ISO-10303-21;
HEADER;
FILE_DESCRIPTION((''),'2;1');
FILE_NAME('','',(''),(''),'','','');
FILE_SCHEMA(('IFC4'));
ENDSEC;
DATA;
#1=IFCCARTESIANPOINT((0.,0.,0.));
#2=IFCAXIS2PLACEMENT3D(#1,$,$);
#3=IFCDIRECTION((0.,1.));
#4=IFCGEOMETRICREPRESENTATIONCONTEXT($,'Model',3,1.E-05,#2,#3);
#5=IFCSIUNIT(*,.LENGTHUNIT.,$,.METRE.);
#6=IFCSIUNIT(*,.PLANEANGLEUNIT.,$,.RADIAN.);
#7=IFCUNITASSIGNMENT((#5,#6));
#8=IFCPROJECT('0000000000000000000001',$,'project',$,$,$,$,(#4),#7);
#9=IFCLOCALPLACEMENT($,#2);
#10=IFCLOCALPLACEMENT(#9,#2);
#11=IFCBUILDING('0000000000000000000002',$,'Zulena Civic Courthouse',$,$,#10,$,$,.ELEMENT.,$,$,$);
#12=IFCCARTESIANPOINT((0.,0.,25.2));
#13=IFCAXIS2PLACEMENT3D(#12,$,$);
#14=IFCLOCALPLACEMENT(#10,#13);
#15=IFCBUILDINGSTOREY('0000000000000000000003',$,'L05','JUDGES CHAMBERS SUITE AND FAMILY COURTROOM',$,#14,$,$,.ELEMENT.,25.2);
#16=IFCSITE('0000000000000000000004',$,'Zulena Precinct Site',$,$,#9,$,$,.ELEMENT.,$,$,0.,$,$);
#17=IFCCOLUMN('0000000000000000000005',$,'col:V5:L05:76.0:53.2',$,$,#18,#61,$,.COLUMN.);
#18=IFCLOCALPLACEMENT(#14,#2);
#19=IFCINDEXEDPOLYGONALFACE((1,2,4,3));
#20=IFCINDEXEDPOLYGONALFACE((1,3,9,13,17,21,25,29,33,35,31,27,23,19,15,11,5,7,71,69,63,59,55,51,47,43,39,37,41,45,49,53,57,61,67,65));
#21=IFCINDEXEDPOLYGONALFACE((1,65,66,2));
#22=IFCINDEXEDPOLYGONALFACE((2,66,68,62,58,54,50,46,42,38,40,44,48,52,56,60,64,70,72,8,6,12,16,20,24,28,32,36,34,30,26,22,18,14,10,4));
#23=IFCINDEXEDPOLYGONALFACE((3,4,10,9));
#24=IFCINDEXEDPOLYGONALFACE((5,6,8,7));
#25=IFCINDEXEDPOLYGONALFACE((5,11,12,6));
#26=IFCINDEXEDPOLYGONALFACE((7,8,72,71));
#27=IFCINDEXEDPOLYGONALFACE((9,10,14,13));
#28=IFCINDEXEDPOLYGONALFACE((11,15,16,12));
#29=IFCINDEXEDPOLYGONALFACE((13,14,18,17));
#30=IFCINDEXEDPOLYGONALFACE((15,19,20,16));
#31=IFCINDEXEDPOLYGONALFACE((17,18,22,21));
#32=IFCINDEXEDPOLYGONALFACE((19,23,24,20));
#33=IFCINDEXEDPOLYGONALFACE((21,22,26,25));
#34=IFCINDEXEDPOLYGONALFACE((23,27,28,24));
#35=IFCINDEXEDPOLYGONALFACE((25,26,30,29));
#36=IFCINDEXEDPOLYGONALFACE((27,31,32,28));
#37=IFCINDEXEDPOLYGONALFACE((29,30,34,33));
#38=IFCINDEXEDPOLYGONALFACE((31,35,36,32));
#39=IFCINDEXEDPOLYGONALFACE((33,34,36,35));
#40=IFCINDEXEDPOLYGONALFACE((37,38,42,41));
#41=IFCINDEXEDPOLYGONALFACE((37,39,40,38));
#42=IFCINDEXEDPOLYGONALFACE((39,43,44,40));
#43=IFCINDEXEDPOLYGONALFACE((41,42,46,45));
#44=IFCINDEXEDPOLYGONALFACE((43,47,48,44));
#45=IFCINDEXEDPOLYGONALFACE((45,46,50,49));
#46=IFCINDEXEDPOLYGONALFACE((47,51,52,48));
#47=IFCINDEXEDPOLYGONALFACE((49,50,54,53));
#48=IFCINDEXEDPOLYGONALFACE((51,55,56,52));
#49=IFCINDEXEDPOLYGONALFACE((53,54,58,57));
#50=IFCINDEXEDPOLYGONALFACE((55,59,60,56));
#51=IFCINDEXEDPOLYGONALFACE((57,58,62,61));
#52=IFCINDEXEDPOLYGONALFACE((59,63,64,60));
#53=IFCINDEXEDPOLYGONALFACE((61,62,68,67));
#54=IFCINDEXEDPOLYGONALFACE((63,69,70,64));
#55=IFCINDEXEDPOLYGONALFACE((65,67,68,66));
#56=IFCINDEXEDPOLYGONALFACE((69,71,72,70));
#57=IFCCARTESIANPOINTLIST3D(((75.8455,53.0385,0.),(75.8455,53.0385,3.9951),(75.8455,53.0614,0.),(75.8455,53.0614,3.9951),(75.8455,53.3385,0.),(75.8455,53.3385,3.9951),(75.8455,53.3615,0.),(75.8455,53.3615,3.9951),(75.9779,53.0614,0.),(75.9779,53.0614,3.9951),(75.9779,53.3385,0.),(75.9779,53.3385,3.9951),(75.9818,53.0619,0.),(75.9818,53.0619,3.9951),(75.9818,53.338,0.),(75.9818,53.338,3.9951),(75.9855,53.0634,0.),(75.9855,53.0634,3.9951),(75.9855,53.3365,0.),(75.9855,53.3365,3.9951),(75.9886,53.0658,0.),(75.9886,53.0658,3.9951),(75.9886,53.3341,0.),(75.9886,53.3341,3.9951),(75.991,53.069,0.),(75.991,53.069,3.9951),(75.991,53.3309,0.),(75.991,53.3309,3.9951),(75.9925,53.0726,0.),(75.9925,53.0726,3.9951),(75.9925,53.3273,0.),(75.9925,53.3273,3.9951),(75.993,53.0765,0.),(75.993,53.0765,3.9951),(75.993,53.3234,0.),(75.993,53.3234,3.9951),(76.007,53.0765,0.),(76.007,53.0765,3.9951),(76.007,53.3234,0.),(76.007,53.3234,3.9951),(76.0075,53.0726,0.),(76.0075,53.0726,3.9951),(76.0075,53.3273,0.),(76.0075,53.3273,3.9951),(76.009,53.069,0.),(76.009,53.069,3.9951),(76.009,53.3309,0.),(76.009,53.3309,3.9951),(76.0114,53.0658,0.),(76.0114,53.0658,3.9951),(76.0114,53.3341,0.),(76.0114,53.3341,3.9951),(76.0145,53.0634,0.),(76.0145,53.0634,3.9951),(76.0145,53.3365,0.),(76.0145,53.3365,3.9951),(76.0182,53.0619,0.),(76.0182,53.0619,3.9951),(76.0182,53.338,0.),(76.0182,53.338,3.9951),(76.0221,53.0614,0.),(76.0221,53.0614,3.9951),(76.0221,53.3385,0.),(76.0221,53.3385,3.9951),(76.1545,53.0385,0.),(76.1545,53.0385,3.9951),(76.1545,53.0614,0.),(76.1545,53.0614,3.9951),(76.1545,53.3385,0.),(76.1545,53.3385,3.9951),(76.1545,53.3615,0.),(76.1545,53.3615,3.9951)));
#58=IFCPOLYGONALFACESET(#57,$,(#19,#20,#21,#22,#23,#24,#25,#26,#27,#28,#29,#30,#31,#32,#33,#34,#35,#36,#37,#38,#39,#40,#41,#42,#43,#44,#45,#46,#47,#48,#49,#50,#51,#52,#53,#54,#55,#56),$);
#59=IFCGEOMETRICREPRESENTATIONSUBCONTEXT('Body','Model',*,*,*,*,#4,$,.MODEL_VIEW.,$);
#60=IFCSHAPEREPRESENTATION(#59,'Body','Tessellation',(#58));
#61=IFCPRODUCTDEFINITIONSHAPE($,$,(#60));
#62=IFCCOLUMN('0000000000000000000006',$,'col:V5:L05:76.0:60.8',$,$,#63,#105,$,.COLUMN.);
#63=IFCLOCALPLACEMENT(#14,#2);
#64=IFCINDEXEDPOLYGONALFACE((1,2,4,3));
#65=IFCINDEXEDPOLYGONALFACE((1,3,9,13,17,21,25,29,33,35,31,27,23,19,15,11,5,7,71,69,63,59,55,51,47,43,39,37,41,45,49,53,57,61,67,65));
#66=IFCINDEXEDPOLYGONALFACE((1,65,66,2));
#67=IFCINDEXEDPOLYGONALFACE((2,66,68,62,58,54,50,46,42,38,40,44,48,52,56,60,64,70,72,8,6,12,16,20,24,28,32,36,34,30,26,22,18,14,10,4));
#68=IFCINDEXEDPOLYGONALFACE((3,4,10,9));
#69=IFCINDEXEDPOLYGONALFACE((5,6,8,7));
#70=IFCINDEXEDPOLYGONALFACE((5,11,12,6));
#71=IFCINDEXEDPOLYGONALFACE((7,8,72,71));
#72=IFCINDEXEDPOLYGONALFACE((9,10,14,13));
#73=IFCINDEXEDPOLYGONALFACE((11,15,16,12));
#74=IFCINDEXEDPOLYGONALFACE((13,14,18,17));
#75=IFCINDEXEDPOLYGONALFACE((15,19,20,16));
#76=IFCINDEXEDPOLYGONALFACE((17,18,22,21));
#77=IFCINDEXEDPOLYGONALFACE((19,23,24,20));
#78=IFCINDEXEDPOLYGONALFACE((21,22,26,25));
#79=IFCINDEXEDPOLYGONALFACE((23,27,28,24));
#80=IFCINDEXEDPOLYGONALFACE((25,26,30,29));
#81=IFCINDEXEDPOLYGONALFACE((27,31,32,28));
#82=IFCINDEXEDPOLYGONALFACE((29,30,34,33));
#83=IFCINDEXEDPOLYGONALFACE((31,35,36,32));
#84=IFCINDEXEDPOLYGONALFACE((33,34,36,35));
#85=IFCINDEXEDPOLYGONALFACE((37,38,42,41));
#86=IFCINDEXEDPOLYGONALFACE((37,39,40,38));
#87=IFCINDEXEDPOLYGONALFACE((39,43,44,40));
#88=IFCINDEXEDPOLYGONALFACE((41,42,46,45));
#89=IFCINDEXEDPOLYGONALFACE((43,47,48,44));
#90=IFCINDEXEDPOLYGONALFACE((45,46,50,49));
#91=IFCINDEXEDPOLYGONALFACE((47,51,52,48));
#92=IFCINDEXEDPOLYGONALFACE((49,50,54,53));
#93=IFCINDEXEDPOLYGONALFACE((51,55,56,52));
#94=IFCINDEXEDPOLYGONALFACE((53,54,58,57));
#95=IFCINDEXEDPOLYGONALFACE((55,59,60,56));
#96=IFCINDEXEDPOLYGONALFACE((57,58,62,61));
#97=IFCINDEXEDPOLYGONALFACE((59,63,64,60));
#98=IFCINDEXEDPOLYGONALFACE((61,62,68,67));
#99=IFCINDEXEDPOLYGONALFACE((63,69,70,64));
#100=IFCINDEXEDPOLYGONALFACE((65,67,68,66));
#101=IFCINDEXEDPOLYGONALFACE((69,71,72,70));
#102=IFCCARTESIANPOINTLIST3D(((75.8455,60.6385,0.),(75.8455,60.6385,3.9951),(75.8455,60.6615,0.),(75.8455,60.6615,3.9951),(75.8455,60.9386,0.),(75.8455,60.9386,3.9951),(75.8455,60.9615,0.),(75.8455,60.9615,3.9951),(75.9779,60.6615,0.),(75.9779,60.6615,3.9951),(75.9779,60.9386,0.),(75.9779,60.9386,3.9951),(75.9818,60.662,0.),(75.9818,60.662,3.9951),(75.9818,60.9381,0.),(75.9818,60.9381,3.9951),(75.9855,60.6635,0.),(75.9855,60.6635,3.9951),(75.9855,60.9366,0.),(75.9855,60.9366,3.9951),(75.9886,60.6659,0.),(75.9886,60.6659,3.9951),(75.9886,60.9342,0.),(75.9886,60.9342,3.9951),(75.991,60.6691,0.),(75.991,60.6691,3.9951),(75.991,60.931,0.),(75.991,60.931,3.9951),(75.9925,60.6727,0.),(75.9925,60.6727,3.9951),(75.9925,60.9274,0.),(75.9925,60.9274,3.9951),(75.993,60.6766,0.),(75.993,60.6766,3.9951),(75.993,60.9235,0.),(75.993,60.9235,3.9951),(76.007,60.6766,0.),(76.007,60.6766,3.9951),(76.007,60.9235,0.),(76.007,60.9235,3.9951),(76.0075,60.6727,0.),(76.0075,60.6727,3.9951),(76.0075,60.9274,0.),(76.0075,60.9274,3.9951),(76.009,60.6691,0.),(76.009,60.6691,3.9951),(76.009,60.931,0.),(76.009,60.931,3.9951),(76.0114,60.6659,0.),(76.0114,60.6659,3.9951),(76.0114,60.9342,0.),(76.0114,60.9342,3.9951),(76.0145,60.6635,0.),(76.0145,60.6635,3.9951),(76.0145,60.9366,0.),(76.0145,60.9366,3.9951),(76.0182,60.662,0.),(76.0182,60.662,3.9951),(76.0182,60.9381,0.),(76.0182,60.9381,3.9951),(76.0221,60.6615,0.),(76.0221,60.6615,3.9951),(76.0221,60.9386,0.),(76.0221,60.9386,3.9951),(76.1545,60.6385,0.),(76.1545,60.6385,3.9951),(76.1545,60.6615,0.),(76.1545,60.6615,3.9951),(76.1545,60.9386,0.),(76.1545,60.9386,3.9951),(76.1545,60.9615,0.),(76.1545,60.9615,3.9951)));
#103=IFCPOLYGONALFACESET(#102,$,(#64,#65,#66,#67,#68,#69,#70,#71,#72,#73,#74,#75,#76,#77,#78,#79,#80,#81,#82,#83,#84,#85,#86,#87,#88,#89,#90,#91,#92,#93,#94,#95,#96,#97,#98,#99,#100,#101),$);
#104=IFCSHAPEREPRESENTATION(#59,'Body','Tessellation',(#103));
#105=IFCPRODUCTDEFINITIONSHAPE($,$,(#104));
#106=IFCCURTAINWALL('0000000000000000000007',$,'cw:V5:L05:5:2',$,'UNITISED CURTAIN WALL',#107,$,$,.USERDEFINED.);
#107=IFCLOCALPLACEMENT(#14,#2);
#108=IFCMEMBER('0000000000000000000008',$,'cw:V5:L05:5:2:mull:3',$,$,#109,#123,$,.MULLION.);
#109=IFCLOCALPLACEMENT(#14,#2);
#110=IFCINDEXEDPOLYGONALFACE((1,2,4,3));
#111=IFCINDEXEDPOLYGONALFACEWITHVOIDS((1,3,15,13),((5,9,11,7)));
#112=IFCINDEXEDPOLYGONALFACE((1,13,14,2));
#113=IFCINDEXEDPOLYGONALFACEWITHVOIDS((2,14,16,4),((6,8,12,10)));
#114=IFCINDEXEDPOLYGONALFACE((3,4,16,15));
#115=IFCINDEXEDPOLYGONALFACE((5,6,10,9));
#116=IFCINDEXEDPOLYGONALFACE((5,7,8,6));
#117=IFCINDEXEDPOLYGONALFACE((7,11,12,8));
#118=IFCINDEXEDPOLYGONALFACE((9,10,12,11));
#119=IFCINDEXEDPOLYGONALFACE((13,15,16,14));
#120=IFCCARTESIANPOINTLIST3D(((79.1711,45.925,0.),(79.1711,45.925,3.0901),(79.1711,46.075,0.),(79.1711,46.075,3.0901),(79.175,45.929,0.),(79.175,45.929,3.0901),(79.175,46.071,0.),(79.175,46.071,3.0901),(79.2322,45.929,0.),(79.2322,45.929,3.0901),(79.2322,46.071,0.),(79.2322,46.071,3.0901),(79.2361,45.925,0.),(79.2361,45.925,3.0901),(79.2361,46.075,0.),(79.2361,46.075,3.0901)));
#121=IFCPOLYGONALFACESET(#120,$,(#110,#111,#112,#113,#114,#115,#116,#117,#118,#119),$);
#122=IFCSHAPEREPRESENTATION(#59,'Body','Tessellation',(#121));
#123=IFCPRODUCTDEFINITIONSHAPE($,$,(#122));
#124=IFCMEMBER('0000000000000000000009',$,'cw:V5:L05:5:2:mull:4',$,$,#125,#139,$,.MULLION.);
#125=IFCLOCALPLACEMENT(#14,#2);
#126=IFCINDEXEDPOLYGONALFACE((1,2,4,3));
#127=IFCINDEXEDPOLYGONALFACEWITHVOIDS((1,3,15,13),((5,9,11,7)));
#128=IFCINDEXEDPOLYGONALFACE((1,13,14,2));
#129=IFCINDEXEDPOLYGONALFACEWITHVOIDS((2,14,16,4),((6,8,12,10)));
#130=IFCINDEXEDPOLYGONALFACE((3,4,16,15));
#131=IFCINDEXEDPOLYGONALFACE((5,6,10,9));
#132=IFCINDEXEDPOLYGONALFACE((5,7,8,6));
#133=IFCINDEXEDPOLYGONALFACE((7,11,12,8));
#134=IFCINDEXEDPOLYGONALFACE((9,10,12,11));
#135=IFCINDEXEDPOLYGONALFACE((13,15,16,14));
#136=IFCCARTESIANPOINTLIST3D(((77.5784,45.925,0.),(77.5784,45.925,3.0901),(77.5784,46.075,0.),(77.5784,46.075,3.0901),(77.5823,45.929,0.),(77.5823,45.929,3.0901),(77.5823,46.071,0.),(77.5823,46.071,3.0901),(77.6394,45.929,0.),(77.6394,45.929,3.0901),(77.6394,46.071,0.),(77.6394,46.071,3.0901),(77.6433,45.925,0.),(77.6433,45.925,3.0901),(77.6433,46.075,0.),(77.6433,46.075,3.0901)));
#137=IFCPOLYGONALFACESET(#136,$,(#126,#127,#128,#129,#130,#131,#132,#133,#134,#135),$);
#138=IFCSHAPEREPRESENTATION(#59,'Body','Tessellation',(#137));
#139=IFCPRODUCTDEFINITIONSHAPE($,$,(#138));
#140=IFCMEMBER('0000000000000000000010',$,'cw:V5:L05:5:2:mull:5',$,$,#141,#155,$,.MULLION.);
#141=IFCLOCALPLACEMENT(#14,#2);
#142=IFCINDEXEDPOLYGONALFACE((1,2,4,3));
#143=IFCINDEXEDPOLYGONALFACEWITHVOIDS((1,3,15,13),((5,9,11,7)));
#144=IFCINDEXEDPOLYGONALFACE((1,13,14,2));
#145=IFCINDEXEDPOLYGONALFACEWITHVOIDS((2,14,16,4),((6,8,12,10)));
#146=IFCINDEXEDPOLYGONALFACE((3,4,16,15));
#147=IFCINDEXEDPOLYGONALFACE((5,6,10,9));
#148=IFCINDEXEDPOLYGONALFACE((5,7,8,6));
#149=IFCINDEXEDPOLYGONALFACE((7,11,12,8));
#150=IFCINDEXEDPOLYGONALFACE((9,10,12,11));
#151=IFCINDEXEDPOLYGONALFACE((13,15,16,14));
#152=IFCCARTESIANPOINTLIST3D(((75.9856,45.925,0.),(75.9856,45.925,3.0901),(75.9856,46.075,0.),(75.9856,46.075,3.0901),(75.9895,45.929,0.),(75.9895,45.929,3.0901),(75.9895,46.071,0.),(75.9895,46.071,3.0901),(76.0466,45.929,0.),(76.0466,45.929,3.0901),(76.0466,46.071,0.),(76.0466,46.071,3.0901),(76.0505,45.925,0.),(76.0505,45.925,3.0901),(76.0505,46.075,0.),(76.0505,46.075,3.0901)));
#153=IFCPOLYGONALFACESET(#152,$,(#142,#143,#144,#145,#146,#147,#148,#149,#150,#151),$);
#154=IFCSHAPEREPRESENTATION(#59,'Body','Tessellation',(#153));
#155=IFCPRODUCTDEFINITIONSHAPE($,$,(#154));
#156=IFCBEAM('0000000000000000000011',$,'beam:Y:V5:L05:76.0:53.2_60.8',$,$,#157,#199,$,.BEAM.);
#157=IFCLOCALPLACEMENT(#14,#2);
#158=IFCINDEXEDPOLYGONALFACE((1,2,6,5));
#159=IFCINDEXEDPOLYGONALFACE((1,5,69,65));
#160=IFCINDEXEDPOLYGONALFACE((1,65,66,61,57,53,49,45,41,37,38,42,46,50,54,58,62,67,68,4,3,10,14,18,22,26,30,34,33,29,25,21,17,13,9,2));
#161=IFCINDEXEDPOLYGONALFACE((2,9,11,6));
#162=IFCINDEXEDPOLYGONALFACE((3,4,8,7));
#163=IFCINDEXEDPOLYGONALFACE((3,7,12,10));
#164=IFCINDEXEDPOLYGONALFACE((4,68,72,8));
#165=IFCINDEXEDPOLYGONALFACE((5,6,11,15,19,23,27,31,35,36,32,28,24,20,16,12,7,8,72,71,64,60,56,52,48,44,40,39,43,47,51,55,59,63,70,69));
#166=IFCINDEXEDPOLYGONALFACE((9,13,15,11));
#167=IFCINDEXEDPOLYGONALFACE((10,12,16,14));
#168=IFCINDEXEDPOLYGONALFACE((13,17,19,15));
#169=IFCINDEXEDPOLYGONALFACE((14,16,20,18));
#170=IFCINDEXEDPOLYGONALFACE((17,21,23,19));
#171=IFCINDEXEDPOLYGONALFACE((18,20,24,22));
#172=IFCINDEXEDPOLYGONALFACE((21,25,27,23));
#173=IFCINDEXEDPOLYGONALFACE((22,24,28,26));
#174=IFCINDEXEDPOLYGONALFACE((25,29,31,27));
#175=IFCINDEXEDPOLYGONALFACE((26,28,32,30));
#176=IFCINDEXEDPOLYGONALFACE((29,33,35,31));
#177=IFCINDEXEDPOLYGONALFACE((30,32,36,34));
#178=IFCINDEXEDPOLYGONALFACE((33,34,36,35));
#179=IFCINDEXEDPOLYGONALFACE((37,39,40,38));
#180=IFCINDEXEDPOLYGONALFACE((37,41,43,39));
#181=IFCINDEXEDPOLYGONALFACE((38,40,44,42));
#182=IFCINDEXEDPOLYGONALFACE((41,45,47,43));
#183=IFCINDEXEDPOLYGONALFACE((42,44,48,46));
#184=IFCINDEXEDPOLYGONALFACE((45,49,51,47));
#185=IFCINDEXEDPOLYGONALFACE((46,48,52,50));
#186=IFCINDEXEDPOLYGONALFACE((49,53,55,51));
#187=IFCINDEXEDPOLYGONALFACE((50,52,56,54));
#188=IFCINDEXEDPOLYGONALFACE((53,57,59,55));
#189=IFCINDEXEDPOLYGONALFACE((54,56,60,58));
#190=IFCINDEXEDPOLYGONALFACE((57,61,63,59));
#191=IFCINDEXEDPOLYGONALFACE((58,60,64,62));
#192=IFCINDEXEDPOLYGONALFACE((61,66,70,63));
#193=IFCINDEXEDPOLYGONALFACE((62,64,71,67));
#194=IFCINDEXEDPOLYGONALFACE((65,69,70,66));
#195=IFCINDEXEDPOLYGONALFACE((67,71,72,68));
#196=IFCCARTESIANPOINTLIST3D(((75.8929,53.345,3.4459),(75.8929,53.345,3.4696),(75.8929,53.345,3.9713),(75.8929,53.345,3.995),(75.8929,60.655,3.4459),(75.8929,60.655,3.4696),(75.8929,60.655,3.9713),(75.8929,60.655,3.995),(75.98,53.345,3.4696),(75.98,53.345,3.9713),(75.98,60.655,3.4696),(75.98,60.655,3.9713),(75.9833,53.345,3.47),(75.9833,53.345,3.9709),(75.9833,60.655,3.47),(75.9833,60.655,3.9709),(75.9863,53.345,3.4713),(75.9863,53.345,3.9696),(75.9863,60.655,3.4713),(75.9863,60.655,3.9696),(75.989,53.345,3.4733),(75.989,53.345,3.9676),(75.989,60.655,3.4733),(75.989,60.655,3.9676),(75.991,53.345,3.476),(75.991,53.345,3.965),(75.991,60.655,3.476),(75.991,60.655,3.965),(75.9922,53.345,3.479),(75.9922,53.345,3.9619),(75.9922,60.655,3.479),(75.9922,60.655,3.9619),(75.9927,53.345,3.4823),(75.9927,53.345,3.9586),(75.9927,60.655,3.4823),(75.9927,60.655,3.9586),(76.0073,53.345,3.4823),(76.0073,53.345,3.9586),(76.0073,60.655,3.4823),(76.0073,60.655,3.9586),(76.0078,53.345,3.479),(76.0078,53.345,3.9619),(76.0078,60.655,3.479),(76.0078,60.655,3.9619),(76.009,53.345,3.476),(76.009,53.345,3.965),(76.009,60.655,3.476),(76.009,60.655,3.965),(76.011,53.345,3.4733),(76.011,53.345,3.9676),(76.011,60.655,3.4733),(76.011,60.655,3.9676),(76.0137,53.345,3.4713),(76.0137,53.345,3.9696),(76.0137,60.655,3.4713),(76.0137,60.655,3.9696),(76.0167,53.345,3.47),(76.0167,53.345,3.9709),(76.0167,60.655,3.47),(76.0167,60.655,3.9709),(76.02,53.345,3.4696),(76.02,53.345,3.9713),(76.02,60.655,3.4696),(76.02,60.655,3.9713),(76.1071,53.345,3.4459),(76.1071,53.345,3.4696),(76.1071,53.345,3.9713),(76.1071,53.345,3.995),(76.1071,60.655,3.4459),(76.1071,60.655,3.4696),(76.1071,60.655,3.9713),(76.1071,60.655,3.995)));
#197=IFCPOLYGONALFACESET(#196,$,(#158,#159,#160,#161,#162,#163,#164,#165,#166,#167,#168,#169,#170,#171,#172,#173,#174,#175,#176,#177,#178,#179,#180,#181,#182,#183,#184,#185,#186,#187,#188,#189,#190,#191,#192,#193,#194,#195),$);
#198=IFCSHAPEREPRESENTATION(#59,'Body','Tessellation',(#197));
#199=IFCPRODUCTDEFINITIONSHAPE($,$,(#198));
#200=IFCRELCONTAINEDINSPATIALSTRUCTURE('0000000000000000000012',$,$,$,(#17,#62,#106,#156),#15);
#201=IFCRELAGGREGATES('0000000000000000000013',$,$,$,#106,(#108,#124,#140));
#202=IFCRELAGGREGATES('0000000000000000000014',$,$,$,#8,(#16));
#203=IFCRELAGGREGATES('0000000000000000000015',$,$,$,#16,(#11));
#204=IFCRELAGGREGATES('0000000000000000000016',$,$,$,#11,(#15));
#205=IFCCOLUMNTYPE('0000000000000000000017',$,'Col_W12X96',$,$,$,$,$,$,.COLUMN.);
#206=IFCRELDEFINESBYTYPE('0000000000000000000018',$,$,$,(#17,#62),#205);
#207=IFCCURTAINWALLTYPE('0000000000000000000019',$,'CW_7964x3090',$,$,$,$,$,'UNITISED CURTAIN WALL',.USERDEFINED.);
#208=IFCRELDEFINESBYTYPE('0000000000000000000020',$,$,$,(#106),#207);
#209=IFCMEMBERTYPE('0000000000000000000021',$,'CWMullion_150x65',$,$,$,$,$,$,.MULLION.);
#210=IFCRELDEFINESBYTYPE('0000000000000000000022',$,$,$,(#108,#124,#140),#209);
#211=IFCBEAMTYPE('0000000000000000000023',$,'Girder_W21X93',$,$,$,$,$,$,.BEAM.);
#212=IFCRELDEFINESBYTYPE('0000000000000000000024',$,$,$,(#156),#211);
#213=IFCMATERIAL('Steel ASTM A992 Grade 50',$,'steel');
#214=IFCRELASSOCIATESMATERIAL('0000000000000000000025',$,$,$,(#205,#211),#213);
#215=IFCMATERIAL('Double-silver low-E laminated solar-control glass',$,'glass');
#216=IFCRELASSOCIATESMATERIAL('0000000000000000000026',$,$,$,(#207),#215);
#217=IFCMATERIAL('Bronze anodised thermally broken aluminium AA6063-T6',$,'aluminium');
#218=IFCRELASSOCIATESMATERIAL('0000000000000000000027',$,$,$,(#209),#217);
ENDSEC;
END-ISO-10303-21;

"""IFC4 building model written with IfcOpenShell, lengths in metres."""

from ifc_helpers import new_model, si_unit, direction, frame, origin, origin_2d, place, context, subcontext, project, spatial, hollow_rectangle, i_section, extrude, material, material_profile, profile_set, type_object, element, aggregate, save


model = new_model("IFC4")

# Units and contexts
model_context = context("Model", 3, precision=1e-05, world=origin(), true_north=direction((0.0, 1.0)))
body_context = subcontext(model_context, "Body", "Model", "MODEL_VIEW")
ifc_project = project(units=[si_unit("LENGTHUNIT", "METRE"), si_unit("PLANEANGLEUNIT", "RADIAN")], contexts=[model_context])

# Site, building, storey
site_placement = place(None, origin())
site = spatial("IfcSite", under=ifc_project, at=site_placement, Name="Zulena Precinct Site", CompositionType="ELEMENT", RefElevation=0.0)
building_placement = place(site_placement, origin())
building = spatial("IfcBuilding", under=site, at=building_placement, Name="Zulena Civic Courthouse", CompositionType="ELEMENT")
storey_placement = place(building_placement, frame((0.0, 0.0, 25.2)))
storey = spatial("IfcBuildingStorey", under=building, at=storey_placement, Name="L05", Description="JUDGES CHAMBERS SUITE AND FAMILY COURTROOM", CompositionType="ELEMENT", Elevation=25.2)

# Columns
ifc_material_1 = material(Name="Steel ASTM A992 Grade 50", Category="steel")
ifc_material_profile_1 = material_profile(ifc_material_1, i_section(OverallWidth=0.3091, OverallDepth=0.323, WebThickness=0.0139, FlangeThickness=0.0229, FilletRadius=0.0151, at=origin_2d()), Name="W12X96")
ifc_profile_set_1 = profile_set([ifc_material_profile_1], Name="Steel ASTM A992 Grade 50")
column_type = type_object("IfcColumnType", Name="Col_W12X96", PredefinedType="COLUMN", material=ifc_profile_set_1)
for number, where, z_axis, x_axis, name in (
    (1, (76.0, 53.2, 0.0), (0.0, 0.0, 1.0), (1.0, 0.0, 0.0), "col:V5:L05:76.0:53.2"),
    (2, (76.0, 60.8, 0.0), (0.0, 0.0, 1.0), (1.0, 0.0, 0.0), "col:V5:L05:76.0:60.8"),
):
    element("IfcColumn", number, at=place(storey_placement, frame(where, z_axis=z_axis, x_axis=x_axis)), inside=storey, type_object=column_type, Name=name, PredefinedType="COLUMN", context=body_context, shape_type="SweptSolid", body=[
        extrude(i_section(OverallWidth=0.3091, OverallDepth=0.323, WebThickness=0.0139, FlangeThickness=0.0229, FilletRadius=0.0151, at=origin_2d()), origin(), (0.0, 0.0, 1.0), 3.9951),
    ])

# Curtain wall, members
ifc_material_2 = material(Name="Double-silver low-E laminated solar-control glass", Category="glass")
curtain_wall_type = type_object("IfcCurtainWallType", Name="CW_7964x3090", ElementType="UNITISED CURTAIN WALL", PredefinedType="USERDEFINED", material=ifc_material_2)
curtain_wall_placement = place(storey_placement, origin())
curtain_wall = element("IfcCurtainWall", 3, at=curtain_wall_placement, inside=storey, type_object=curtain_wall_type, Name="cw:V5:L05:5:2", ObjectType="UNITISED CURTAIN WALL", PredefinedType="USERDEFINED")
ifc_material_3 = material(Name="Bronze anodised thermally broken aluminium AA6063-T6", Category="aluminium")
ifc_material_profile_2 = material_profile(ifc_material_3, hollow_rectangle(XDim=0.0649, YDim=0.1499, WallThickness=0.0039, at=origin_2d()), Name="CWM150X65X4")
ifc_profile_set_2 = profile_set([ifc_material_profile_2], Name="Bronze anodised thermally broken aluminium AA6063-T6")
member_type = type_object("IfcMemberType", Name="CWMullion_150x65", PredefinedType="MULLION", material=ifc_profile_set_2)
member_1_placement = place(storey_placement, frame((79.2036, 46.0, 0.0), z_axis=(0.0, 0.0, 1.0), x_axis=(1.0, 0.0, 0.0)))
member_1 = element("IfcMember", 4, at=member_1_placement, type_object=member_type, Name="cw:V5:L05:5:2:mull:3", PredefinedType="MULLION", context=body_context, shape_type="SweptSolid", body=[
    extrude(hollow_rectangle(XDim=0.0649, YDim=0.1499, WallThickness=0.0039, at=origin_2d()), origin(), (0.0, 0.0, 1.0), 3.0901),
])
member_2_placement = place(storey_placement, frame((77.6108, 46.0, 0.0), z_axis=(0.0, 0.0, 1.0), x_axis=(1.0, 0.0, 0.0)))
member_2 = element("IfcMember", 5, at=member_2_placement, type_object=member_type, Name="cw:V5:L05:5:2:mull:4", PredefinedType="MULLION", context=body_context, shape_type="SweptSolid", body=[
    extrude(hollow_rectangle(XDim=0.0649, YDim=0.1499, WallThickness=0.0039, at=origin_2d()), origin(), (0.0, 0.0, 1.0), 3.0901),
])
member_3_placement = place(storey_placement, frame((76.0181, 46.0, 0.0), z_axis=(0.0, 0.0, 1.0), x_axis=(1.0, 0.0, 0.0)))
member_3 = element("IfcMember", 6, at=member_3_placement, type_object=member_type, Name="cw:V5:L05:5:2:mull:5", PredefinedType="MULLION", context=body_context, shape_type="SweptSolid", body=[
    extrude(hollow_rectangle(XDim=0.0649, YDim=0.1499, WallThickness=0.0039, at=origin_2d()), origin(), (0.0, 0.0, 1.0), 3.0901),
])

# Beam
ifc_material_profile_3 = material_profile(ifc_material_1, i_section(OverallWidth=0.2141, OverallDepth=0.5491, WebThickness=0.0146, FlangeThickness=0.0237, FilletRadius=0.0127, at=origin_2d()), Name="W21X93")
ifc_profile_set_3 = profile_set([ifc_material_profile_3], Name="Steel ASTM A992 Grade 50")
beam_type_1 = type_object("IfcBeamType", Name="Girder_W21X93", PredefinedType="BEAM", material=ifc_profile_set_3)
beam_1_placement = place(storey_placement, frame((76.0, 53.345, 3.7205), z_axis=(0.0, 1.0, 0.0), x_axis=(-1.0, 0.0, 0.0)))
element("IfcBeam", 7, at=beam_1_placement, inside=storey, type_object=beam_type_1, Name="beam:Y:V5:L05:76.0:53.2_60.8", PredefinedType="BEAM", context=body_context, shape_type="SweptSolid", body=[
    extrude(i_section(OverallWidth=0.2141, OverallDepth=0.5491, WebThickness=0.0146, FlangeThickness=0.0237, FilletRadius=0.0127, at=origin_2d()), origin(), (0.0, 0.0, 1.0), 7.3101),
])

aggregate(curtain_wall, [member_1, member_2, member_3])

save(model, "model.ifc")
